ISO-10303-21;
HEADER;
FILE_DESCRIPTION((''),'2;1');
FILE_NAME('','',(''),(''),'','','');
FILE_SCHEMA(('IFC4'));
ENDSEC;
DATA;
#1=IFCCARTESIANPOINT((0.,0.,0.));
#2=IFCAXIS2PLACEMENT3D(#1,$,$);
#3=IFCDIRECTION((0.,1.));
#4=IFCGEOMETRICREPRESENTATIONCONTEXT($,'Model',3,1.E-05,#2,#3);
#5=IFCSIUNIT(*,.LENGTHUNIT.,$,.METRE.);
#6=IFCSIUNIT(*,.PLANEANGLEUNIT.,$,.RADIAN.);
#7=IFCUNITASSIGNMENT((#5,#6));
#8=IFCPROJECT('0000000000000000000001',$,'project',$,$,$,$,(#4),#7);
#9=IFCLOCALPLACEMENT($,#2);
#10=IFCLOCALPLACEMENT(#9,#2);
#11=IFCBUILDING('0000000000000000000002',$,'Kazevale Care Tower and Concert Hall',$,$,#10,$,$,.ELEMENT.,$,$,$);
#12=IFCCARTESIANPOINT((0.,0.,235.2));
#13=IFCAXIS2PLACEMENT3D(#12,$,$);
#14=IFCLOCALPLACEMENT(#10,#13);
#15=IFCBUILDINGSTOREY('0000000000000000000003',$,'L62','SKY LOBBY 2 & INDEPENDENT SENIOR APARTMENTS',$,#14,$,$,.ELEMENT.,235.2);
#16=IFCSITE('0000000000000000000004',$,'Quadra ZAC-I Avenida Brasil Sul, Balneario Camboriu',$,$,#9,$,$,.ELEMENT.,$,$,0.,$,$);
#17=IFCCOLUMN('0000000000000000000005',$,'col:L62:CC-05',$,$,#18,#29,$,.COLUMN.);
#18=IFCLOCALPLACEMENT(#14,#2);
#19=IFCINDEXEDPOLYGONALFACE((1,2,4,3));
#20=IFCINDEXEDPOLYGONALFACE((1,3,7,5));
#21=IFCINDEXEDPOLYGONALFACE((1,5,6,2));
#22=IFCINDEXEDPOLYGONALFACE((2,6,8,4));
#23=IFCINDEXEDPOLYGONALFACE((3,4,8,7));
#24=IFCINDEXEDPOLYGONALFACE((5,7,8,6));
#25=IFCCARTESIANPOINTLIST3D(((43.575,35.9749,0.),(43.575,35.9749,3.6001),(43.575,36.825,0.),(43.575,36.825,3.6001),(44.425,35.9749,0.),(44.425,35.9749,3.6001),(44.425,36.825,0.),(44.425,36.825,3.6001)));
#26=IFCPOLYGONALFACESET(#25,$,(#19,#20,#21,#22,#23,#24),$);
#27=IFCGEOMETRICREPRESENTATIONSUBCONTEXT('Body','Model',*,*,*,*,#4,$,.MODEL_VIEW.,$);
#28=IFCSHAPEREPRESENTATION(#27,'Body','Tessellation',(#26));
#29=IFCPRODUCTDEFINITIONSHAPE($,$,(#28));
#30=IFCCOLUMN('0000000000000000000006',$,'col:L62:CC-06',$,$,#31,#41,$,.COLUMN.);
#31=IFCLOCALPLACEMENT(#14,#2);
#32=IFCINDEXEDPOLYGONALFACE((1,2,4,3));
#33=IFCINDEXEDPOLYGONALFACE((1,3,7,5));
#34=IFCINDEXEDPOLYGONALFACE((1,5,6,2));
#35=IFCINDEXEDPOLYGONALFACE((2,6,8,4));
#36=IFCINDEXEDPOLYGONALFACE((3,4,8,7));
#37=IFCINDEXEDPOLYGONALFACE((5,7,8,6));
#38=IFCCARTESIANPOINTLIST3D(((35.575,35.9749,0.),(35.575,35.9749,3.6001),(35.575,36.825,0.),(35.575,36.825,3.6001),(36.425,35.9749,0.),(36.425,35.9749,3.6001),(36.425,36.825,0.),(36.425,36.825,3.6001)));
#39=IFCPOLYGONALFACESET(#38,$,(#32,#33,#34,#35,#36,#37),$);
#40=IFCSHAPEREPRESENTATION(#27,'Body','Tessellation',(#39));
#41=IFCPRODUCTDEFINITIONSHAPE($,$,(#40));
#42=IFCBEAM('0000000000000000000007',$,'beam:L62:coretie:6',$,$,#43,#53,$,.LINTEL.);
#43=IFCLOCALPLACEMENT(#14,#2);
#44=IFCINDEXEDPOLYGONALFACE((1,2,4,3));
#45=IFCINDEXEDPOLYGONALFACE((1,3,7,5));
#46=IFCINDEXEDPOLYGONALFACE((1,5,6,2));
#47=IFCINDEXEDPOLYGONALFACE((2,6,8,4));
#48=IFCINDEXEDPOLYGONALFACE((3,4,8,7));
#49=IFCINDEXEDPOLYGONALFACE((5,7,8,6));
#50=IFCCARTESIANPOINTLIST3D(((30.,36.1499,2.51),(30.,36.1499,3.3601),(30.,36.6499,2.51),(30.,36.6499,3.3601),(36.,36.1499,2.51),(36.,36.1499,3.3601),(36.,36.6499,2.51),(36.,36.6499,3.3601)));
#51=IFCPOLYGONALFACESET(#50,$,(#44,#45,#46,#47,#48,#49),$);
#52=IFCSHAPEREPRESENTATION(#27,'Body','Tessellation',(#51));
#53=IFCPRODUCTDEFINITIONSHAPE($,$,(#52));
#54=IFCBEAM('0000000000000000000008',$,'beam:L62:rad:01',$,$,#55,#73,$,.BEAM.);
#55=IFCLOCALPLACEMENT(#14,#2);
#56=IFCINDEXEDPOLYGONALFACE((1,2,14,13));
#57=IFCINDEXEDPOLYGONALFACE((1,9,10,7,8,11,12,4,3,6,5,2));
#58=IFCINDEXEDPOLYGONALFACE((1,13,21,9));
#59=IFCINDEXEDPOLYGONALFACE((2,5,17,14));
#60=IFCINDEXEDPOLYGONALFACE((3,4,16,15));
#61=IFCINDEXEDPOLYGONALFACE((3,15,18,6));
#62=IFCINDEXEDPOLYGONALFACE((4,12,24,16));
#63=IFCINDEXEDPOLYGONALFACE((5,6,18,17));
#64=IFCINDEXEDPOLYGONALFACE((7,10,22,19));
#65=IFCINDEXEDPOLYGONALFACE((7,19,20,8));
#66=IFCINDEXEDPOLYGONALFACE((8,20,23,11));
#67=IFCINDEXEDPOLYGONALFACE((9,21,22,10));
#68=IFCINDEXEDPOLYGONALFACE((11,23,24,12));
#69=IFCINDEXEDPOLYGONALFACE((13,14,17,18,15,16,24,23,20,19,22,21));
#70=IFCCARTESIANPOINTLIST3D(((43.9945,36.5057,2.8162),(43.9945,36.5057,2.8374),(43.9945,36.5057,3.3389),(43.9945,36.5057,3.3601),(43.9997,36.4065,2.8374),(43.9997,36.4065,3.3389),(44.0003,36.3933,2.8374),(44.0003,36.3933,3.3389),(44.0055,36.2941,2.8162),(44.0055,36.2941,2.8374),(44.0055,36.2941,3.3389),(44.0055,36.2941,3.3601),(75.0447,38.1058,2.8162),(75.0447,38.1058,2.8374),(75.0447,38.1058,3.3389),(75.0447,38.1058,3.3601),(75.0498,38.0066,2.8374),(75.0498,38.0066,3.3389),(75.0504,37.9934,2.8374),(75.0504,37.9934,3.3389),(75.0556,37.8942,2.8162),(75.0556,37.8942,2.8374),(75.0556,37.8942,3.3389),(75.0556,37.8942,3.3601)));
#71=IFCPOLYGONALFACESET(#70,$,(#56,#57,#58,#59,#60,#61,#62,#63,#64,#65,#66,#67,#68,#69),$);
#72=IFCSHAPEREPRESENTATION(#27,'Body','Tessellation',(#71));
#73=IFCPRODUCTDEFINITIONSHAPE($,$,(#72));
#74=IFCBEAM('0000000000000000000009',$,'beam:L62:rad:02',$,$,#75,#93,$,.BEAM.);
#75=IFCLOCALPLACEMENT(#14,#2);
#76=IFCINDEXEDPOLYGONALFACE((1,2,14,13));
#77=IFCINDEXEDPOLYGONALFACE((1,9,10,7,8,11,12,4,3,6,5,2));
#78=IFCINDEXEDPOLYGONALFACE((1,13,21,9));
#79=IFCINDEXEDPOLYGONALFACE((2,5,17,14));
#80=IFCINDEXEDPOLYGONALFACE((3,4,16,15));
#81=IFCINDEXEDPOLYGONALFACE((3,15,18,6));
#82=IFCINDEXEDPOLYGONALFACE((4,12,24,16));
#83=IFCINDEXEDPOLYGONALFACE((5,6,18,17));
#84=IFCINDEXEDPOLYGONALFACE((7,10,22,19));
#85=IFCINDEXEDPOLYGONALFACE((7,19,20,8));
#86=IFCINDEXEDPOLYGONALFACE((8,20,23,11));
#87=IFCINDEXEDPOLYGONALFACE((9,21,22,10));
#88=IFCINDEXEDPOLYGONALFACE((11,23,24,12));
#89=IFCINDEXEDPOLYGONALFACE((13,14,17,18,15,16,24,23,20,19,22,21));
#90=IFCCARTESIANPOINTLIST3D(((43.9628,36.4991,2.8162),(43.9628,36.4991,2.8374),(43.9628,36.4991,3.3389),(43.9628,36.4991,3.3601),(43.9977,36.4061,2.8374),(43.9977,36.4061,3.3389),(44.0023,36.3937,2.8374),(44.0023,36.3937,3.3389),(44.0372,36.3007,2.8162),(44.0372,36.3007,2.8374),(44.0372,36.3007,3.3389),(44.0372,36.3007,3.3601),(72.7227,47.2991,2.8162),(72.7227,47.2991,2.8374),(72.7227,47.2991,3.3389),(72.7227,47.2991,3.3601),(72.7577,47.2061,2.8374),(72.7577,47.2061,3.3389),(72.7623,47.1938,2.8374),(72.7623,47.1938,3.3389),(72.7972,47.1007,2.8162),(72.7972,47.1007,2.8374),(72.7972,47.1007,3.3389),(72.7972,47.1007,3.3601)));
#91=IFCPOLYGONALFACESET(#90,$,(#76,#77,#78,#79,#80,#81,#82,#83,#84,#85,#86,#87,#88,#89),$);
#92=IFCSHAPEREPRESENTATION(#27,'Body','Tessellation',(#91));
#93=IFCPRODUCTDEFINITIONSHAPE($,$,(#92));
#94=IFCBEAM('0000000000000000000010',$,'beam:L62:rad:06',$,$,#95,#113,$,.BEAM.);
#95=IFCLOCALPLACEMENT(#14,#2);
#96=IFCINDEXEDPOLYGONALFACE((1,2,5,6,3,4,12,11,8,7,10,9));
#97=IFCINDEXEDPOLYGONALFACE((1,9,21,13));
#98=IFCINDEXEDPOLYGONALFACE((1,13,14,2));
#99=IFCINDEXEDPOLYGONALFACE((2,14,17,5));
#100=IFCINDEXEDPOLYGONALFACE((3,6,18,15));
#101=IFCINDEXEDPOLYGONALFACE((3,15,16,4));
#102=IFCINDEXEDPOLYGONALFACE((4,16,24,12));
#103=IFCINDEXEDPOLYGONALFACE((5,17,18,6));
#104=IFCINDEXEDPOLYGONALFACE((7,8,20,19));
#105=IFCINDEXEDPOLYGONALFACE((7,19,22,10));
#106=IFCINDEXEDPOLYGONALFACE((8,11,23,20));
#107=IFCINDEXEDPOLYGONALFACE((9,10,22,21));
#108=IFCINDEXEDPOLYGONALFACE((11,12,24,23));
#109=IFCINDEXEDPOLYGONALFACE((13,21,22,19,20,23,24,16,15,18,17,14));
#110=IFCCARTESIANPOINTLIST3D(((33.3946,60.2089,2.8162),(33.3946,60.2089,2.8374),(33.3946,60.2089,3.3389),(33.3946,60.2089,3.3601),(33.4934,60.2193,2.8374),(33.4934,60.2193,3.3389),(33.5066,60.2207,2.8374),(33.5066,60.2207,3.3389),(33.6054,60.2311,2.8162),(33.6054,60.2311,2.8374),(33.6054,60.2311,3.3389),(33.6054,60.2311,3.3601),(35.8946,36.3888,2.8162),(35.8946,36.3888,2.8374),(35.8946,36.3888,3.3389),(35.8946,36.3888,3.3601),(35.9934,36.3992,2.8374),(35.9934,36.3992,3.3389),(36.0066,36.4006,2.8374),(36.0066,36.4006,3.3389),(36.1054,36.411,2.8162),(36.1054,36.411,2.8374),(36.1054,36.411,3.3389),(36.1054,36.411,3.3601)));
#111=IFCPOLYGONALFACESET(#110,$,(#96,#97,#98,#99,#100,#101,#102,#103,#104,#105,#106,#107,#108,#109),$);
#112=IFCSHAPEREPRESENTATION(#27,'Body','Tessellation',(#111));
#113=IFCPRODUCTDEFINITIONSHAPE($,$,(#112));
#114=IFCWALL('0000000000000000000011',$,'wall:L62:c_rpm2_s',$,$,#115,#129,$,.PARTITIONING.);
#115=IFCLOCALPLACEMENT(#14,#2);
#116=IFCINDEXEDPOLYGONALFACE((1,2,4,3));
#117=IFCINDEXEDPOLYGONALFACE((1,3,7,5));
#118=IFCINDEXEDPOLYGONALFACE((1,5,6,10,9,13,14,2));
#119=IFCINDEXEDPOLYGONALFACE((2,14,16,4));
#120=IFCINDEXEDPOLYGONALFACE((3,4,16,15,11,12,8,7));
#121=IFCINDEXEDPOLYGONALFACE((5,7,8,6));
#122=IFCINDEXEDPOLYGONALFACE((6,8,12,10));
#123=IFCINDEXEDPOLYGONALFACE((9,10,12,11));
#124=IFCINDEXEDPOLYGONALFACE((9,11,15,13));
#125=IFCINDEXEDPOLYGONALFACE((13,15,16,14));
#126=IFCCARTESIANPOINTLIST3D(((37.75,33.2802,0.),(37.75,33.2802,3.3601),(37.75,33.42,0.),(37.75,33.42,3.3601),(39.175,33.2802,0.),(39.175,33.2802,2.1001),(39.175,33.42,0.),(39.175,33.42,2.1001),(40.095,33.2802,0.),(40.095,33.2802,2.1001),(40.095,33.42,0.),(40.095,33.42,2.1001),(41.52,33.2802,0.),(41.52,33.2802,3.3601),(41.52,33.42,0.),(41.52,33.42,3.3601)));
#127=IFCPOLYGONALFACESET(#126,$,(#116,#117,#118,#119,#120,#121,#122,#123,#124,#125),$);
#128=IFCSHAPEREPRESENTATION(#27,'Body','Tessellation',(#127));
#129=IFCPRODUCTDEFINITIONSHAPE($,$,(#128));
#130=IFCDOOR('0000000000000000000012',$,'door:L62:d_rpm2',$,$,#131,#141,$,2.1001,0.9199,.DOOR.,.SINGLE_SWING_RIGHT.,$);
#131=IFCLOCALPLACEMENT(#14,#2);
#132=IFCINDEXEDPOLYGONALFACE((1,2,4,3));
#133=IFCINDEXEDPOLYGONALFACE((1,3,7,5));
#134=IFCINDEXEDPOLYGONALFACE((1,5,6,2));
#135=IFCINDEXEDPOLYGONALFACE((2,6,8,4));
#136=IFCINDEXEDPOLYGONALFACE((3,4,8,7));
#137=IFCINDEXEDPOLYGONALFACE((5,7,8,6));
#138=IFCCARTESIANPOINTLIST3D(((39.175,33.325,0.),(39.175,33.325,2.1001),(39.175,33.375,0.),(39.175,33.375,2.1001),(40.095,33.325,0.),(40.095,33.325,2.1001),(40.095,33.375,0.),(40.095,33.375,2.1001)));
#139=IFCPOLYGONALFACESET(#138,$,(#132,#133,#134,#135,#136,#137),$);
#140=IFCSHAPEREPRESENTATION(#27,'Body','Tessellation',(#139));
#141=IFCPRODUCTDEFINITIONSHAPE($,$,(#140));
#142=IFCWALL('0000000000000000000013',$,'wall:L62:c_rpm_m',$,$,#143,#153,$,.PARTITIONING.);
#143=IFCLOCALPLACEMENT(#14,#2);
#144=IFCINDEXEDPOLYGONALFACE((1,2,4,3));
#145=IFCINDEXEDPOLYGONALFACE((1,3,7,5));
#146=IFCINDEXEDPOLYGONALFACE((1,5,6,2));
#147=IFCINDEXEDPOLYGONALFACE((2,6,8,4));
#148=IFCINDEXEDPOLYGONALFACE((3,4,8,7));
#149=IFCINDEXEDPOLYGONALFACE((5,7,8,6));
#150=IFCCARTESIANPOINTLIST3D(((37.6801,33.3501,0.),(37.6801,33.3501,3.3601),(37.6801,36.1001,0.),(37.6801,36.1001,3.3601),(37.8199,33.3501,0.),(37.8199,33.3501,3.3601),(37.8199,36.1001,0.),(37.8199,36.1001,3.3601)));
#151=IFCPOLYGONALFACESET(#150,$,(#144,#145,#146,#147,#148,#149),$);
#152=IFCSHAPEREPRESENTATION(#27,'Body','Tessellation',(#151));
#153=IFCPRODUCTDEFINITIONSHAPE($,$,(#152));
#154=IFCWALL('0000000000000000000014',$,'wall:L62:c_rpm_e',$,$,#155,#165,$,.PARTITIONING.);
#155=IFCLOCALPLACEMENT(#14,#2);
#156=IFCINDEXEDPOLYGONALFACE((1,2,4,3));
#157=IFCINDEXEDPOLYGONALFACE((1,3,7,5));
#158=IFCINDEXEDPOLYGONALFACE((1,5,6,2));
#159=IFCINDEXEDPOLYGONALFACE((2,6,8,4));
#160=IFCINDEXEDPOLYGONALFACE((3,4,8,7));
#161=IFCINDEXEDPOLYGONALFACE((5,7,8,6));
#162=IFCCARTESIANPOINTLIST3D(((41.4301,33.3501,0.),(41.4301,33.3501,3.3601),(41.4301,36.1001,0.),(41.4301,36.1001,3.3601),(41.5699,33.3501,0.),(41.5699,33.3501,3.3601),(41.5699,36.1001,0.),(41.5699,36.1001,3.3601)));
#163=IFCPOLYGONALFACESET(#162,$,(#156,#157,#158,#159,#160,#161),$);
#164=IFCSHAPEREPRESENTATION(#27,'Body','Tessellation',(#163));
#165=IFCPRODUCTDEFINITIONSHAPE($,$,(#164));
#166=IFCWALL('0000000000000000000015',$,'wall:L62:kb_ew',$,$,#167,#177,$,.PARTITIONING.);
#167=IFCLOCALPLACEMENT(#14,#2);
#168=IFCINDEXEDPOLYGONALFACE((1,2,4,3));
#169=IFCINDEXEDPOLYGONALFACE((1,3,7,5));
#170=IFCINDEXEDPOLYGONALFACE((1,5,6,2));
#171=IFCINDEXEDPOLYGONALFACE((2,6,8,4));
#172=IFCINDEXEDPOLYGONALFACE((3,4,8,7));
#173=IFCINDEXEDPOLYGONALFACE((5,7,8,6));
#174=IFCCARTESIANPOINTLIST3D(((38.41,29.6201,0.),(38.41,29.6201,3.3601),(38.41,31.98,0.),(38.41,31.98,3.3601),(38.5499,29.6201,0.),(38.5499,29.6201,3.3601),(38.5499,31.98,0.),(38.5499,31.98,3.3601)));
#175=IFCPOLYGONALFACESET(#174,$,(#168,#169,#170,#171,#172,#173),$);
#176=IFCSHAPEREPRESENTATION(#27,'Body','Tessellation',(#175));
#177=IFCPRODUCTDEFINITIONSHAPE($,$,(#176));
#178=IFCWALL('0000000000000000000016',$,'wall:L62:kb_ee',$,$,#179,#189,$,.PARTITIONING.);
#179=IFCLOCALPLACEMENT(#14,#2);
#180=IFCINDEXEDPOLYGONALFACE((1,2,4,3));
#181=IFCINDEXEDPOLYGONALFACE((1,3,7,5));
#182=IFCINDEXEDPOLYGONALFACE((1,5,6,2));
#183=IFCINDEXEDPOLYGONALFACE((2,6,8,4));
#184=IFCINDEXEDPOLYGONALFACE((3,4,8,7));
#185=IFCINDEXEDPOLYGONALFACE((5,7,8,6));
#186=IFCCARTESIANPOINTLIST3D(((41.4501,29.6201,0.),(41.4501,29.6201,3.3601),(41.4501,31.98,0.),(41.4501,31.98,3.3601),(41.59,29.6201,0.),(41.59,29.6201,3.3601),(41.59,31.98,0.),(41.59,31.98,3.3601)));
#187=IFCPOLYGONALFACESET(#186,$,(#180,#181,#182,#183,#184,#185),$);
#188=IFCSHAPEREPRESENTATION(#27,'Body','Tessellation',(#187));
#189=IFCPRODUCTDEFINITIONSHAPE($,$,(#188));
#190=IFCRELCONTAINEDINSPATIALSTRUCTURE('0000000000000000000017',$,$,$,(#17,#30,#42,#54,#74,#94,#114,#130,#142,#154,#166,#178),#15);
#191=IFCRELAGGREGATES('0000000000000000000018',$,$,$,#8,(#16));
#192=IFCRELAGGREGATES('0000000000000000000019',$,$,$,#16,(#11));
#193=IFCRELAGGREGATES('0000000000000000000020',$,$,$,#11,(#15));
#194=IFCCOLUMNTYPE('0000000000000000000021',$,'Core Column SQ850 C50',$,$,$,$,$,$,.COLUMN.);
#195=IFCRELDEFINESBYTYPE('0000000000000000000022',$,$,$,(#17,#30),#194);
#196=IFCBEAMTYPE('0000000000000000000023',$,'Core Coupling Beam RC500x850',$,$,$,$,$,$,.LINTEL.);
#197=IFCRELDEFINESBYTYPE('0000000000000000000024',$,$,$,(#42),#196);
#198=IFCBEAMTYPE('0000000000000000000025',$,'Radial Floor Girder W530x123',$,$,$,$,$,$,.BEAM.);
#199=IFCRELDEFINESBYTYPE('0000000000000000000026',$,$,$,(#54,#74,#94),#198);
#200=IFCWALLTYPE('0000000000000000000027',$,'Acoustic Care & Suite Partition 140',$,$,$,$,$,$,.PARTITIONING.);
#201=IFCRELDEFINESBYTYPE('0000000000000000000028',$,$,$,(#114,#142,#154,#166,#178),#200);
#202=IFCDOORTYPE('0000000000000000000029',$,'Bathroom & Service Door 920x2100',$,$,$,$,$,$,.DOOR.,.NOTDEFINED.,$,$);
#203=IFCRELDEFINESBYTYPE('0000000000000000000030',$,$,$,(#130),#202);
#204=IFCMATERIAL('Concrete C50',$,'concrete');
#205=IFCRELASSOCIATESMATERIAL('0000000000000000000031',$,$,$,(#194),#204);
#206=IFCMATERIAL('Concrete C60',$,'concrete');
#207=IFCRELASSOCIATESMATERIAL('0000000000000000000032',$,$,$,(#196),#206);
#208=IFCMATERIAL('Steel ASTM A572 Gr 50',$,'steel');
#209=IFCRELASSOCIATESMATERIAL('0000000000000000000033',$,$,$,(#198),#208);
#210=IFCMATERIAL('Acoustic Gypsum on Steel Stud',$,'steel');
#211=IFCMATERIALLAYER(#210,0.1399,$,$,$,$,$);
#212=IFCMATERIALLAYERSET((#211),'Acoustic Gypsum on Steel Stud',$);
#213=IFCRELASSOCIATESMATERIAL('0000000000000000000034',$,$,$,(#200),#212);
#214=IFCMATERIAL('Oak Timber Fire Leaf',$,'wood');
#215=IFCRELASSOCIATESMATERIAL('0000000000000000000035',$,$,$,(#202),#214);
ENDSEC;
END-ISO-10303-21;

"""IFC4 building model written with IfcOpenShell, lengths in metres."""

from ifc_helpers import new_model, si_unit, direction, frame, frame_2d, origin, origin_2d, place, context, subcontext, project, spatial, rectangle, i_section, extrude, material, layer, layer_set, material_profile, profile_set, type_object, element, fill, save


model = new_model("IFC4")

# Units and contexts
model_context = context("Model", 3, precision=1e-05, world=origin(), true_north=direction((0.0, 1.0)))
body_context = subcontext(model_context, "Body", "Model", "MODEL_VIEW")
ifc_project = project(units=[si_unit("LENGTHUNIT", "METRE"), si_unit("PLANEANGLEUNIT", "RADIAN")], contexts=[model_context])

# Site, building, storey
site_placement = place(None, origin())
site = spatial("IfcSite", under=ifc_project, at=site_placement, Name="Quadra ZAC-I Avenida Brasil Sul, Balneario Camboriu", CompositionType="ELEMENT", RefElevation=0.0)
building_placement = place(site_placement, origin())
building = spatial("IfcBuilding", under=site, at=building_placement, Name="Kazevale Care Tower and Concert Hall", CompositionType="ELEMENT")
storey_placement = place(building_placement, frame((0.0, 0.0, 235.2)))
storey = spatial("IfcBuildingStorey", under=building, at=storey_placement, Name="L62", Description="SKY LOBBY 2 & INDEPENDENT SENIOR APARTMENTS", CompositionType="ELEMENT", Elevation=235.2)

# Columns
ifc_material_1 = material(Name="Concrete C50", Category="concrete")
ifc_material_profile_1 = material_profile(ifc_material_1, rectangle(XDim=0.8501, YDim=0.8501, at=origin_2d()), Name="RC-SQ850")
ifc_profile_set_1 = profile_set([ifc_material_profile_1], Name="Concrete C50")
column_type = type_object("IfcColumnType", Name="Core Column SQ850 C50", PredefinedType="COLUMN", material=ifc_profile_set_1)
for number, where, z_axis, x_axis, name in (
    (1, (44.0, 36.3999, 0.0), (0.0, 0.0, 1.0), (1.0, 0.0, 0.0), "col:L62:CC-05"),
    (2, (36.0, 36.3999, 0.0), (0.0, 0.0, 1.0), (1.0, 0.0, 0.0), "col:L62:CC-06"),
):
    element("IfcColumn", number, at=place(storey_placement, frame(where, z_axis=z_axis, x_axis=x_axis)), inside=storey, type_object=column_type, Name=name, PredefinedType="COLUMN", context=body_context, shape_type="SweptSolid", body=[
        extrude(rectangle(XDim=0.8501, YDim=0.8501, at=origin_2d()), origin(), (0.0, 0.0, 1.0), 3.6001),
    ])

# Beams
ifc_material_2 = material(Name="Concrete C60", Category="concrete")
ifc_material_profile_2 = material_profile(ifc_material_2, rectangle(XDim=0.5, YDim=0.8501, at=origin_2d()), Name="RC-B500x850")
ifc_profile_set_2 = profile_set([ifc_material_profile_2], Name="Concrete C60")
beam_type_1 = type_object("IfcBeamType", Name="Core Coupling Beam RC500x850", PredefinedType="LINTEL", material=ifc_profile_set_2)
beam_1_placement = place(storey_placement, frame((36.0, 36.3999, 2.9351), z_axis=(-1.0, 0.0, 0.0), x_axis=(0.0, -1.0, 0.0)))
element("IfcBeam", 3, at=beam_1_placement, inside=storey, type_object=beam_type_1, Name="beam:L62:coretie:6", PredefinedType="LINTEL", context=body_context, shape_type="SweptSolid", body=[
    extrude(rectangle(XDim=0.5, YDim=0.8501, at=origin_2d()), origin(), (0.0, 0.0, 1.0), 6.0),
])
ifc_material_3 = material(Name="Steel ASTM A572 Gr 50", Category="steel")
ifc_material_profile_3 = material_profile(ifc_material_3, i_section(OverallWidth=0.2119, OverallDepth=0.5439, WebThickness=0.0132, FlangeThickness=0.0212, at=origin_2d()), Name="W530x123")
ifc_profile_set_3 = profile_set([ifc_material_profile_3], Name="Steel ASTM A572 Gr 50")
beam_type_2 = type_object("IfcBeamType", Name="Radial Floor Girder W530x123", PredefinedType="BEAM", material=ifc_profile_set_3)
beam_2_placement = place(storey_placement, frame((44.0, 36.3999, 3.0881), z_axis=(0.998675, 0.051465, 0.0), x_axis=(-0.051465, 0.998675, 0.0)))
element("IfcBeam", 4, at=beam_2_placement, inside=storey, type_object=beam_type_2, Name="beam:L62:rad:01", PredefinedType="BEAM", context=body_context, shape_type="SweptSolid", body=[
    extrude(i_section(OverallWidth=0.2119, OverallDepth=0.5439, WebThickness=0.0132, FlangeThickness=0.0212, at=origin_2d()), origin(), (0.0, 0.0, 1.0), 31.0913),
])
beam_3_placement = place(storey_placement, frame((44.0, 36.3999, 3.0881), z_axis=(0.936168, 0.351553, 0.0), x_axis=(-0.351553, 0.936168, 0.0)))
element("IfcBeam", 5, at=beam_3_placement, inside=storey, type_object=beam_type_2, Name="beam:L62:rad:02", PredefinedType="BEAM", context=body_context, shape_type="SweptSolid", body=[
    extrude(i_section(OverallWidth=0.2119, OverallDepth=0.5439, WebThickness=0.0132, FlangeThickness=0.0212, at=origin_2d()), origin(), (0.0, 0.0, 1.0), 30.7209),
])
beam_4_placement = place(storey_placement, frame((36.0, 36.3999, 3.0881), z_axis=(-0.10438, 0.994537, 0.0), x_axis=(-0.994537, -0.10438, 0.0)))
element("IfcBeam", 6, at=beam_4_placement, inside=storey, type_object=beam_type_2, Name="beam:L62:rad:06", PredefinedType="BEAM", context=body_context, shape_type="SweptSolid", body=[
    extrude(i_section(OverallWidth=0.2119, OverallDepth=0.5439, WebThickness=0.0132, FlangeThickness=0.0212, at=origin_2d()), origin(), (0.0, 0.0, 1.0), 23.9509),
])

# Wall, opening, door
ifc_material_4 = material(Name="Acoustic Gypsum on Steel Stud", Category="steel")
ifc_layer_1 = layer(ifc_material_4, 0.1399)
ifc_layer_set_1 = layer_set([ifc_layer_1], Name="Acoustic Gypsum on Steel Stud")
wall_type_1 = type_object("IfcWallType", Name="Acoustic Care & Suite Partition 140", PredefinedType="PARTITIONING", material=ifc_layer_set_1)
wall_1_placement = place(storey_placement, frame((37.75, 33.3501, 0.0), z_axis=(0.0, 0.0, 1.0), x_axis=(1.0, 0.0, 0.0)))
wall_1 = element("IfcWall", 7, at=wall_1_placement, inside=storey, type_object=wall_type_1, Name="wall:L62:c_rpm2_s", PredefinedType="PARTITIONING", context=body_context, shape_type="SweptSolid", body=[
    extrude(rectangle(XDim=3.77, YDim=0.1399, at=frame_2d((1.885, 0.0))), origin(), (0.0, 0.0, 1.0), 3.3601),
])
opening_1_placement = place(wall_1_placement, frame((1.425, 0.0, 0.0)))
opening_1 = element("IfcOpeningElement", 8, at=opening_1_placement, cuts=wall_1, PredefinedType="OPENING", context=body_context, shape_type="SweptSolid", body=[
    extrude(rectangle(XDim=0.9199, YDim=2.1001, at=frame_2d((0.46, 1.05))), frame((0.0, 0.0798, 0.0), z_axis=(0.0, -1.0, 0.0), x_axis=(1.0, 0.0, 0.0)), (0.0, 0.0, 1.0), 0.1599),
])
ifc_material_5 = material(Name="Oak Timber Fire Leaf", Category="wood")
door_type_1 = type_object("IfcDoorType", Name="Bathroom & Service Door 920x2100", OperationType="NOTDEFINED", PredefinedType="DOOR", material=ifc_material_5)
door_1_placement = place(opening_1_placement, origin())
door_1 = element("IfcDoor", 9, at=door_1_placement, inside=storey, type_object=door_type_1, Name="door:L62:d_rpm2", OperationType="SINGLE_SWING_RIGHT", OverallHeight=2.1001, OverallWidth=0.9199, PredefinedType="DOOR", context=body_context, shape_type="SweptSolid", body=[
    extrude(rectangle(XDim=0.9199, YDim=2.1001, at=frame_2d((0.46, 1.05))), frame((0.0, 0.0249, 0.0), z_axis=(0.0, -1.0, 0.0), x_axis=(1.0, 0.0, 0.0)), (0.0, 0.0, 1.0), 0.05),
])
fill(opening_1, door_1)

# Walls
for number, where, z_axis, x_axis, name in (
    (10, (37.75, 33.3501, 0.0), (0.0, 0.0, 1.0), (0.0, 1.0, 0.0), "wall:L62:c_rpm_m"),
    (11, (41.5, 33.3501, 0.0), (0.0, 0.0, 1.0), (0.0, 1.0, 0.0), "wall:L62:c_rpm_e"),
):
    element("IfcWall", number, at=place(storey_placement, frame(where, z_axis=z_axis, x_axis=x_axis)), inside=storey, type_object=wall_type_1, Name=name, PredefinedType="PARTITIONING", context=body_context, shape_type="SweptSolid", body=[
        extrude(rectangle(XDim=2.75, YDim=0.1399, at=frame_2d((1.375, 0.0))), origin(), (0.0, 0.0, 1.0), 3.3601),
    ])
for number, where, z_axis, x_axis, name in (
    (12, (38.48, 29.6201, 0.0), (0.0, 0.0, 1.0), (0.0, 1.0, 0.0), "wall:L62:kb_ew"),
    (13, (41.52, 29.6201, 0.0), (0.0, 0.0, 1.0), (0.0, 1.0, 0.0), "wall:L62:kb_ee"),
):
    element("IfcWall", number, at=place(storey_placement, frame(where, z_axis=z_axis, x_axis=x_axis)), inside=storey, type_object=wall_type_1, Name=name, PredefinedType="PARTITIONING", context=body_context, shape_type="SweptSolid", body=[
        extrude(rectangle(XDim=2.3599, YDim=0.1399, at=frame_2d((1.1799, 0.0))), origin(), (0.0, 0.0, 1.0), 3.3601),
    ])

save(model, "model.ifc")
